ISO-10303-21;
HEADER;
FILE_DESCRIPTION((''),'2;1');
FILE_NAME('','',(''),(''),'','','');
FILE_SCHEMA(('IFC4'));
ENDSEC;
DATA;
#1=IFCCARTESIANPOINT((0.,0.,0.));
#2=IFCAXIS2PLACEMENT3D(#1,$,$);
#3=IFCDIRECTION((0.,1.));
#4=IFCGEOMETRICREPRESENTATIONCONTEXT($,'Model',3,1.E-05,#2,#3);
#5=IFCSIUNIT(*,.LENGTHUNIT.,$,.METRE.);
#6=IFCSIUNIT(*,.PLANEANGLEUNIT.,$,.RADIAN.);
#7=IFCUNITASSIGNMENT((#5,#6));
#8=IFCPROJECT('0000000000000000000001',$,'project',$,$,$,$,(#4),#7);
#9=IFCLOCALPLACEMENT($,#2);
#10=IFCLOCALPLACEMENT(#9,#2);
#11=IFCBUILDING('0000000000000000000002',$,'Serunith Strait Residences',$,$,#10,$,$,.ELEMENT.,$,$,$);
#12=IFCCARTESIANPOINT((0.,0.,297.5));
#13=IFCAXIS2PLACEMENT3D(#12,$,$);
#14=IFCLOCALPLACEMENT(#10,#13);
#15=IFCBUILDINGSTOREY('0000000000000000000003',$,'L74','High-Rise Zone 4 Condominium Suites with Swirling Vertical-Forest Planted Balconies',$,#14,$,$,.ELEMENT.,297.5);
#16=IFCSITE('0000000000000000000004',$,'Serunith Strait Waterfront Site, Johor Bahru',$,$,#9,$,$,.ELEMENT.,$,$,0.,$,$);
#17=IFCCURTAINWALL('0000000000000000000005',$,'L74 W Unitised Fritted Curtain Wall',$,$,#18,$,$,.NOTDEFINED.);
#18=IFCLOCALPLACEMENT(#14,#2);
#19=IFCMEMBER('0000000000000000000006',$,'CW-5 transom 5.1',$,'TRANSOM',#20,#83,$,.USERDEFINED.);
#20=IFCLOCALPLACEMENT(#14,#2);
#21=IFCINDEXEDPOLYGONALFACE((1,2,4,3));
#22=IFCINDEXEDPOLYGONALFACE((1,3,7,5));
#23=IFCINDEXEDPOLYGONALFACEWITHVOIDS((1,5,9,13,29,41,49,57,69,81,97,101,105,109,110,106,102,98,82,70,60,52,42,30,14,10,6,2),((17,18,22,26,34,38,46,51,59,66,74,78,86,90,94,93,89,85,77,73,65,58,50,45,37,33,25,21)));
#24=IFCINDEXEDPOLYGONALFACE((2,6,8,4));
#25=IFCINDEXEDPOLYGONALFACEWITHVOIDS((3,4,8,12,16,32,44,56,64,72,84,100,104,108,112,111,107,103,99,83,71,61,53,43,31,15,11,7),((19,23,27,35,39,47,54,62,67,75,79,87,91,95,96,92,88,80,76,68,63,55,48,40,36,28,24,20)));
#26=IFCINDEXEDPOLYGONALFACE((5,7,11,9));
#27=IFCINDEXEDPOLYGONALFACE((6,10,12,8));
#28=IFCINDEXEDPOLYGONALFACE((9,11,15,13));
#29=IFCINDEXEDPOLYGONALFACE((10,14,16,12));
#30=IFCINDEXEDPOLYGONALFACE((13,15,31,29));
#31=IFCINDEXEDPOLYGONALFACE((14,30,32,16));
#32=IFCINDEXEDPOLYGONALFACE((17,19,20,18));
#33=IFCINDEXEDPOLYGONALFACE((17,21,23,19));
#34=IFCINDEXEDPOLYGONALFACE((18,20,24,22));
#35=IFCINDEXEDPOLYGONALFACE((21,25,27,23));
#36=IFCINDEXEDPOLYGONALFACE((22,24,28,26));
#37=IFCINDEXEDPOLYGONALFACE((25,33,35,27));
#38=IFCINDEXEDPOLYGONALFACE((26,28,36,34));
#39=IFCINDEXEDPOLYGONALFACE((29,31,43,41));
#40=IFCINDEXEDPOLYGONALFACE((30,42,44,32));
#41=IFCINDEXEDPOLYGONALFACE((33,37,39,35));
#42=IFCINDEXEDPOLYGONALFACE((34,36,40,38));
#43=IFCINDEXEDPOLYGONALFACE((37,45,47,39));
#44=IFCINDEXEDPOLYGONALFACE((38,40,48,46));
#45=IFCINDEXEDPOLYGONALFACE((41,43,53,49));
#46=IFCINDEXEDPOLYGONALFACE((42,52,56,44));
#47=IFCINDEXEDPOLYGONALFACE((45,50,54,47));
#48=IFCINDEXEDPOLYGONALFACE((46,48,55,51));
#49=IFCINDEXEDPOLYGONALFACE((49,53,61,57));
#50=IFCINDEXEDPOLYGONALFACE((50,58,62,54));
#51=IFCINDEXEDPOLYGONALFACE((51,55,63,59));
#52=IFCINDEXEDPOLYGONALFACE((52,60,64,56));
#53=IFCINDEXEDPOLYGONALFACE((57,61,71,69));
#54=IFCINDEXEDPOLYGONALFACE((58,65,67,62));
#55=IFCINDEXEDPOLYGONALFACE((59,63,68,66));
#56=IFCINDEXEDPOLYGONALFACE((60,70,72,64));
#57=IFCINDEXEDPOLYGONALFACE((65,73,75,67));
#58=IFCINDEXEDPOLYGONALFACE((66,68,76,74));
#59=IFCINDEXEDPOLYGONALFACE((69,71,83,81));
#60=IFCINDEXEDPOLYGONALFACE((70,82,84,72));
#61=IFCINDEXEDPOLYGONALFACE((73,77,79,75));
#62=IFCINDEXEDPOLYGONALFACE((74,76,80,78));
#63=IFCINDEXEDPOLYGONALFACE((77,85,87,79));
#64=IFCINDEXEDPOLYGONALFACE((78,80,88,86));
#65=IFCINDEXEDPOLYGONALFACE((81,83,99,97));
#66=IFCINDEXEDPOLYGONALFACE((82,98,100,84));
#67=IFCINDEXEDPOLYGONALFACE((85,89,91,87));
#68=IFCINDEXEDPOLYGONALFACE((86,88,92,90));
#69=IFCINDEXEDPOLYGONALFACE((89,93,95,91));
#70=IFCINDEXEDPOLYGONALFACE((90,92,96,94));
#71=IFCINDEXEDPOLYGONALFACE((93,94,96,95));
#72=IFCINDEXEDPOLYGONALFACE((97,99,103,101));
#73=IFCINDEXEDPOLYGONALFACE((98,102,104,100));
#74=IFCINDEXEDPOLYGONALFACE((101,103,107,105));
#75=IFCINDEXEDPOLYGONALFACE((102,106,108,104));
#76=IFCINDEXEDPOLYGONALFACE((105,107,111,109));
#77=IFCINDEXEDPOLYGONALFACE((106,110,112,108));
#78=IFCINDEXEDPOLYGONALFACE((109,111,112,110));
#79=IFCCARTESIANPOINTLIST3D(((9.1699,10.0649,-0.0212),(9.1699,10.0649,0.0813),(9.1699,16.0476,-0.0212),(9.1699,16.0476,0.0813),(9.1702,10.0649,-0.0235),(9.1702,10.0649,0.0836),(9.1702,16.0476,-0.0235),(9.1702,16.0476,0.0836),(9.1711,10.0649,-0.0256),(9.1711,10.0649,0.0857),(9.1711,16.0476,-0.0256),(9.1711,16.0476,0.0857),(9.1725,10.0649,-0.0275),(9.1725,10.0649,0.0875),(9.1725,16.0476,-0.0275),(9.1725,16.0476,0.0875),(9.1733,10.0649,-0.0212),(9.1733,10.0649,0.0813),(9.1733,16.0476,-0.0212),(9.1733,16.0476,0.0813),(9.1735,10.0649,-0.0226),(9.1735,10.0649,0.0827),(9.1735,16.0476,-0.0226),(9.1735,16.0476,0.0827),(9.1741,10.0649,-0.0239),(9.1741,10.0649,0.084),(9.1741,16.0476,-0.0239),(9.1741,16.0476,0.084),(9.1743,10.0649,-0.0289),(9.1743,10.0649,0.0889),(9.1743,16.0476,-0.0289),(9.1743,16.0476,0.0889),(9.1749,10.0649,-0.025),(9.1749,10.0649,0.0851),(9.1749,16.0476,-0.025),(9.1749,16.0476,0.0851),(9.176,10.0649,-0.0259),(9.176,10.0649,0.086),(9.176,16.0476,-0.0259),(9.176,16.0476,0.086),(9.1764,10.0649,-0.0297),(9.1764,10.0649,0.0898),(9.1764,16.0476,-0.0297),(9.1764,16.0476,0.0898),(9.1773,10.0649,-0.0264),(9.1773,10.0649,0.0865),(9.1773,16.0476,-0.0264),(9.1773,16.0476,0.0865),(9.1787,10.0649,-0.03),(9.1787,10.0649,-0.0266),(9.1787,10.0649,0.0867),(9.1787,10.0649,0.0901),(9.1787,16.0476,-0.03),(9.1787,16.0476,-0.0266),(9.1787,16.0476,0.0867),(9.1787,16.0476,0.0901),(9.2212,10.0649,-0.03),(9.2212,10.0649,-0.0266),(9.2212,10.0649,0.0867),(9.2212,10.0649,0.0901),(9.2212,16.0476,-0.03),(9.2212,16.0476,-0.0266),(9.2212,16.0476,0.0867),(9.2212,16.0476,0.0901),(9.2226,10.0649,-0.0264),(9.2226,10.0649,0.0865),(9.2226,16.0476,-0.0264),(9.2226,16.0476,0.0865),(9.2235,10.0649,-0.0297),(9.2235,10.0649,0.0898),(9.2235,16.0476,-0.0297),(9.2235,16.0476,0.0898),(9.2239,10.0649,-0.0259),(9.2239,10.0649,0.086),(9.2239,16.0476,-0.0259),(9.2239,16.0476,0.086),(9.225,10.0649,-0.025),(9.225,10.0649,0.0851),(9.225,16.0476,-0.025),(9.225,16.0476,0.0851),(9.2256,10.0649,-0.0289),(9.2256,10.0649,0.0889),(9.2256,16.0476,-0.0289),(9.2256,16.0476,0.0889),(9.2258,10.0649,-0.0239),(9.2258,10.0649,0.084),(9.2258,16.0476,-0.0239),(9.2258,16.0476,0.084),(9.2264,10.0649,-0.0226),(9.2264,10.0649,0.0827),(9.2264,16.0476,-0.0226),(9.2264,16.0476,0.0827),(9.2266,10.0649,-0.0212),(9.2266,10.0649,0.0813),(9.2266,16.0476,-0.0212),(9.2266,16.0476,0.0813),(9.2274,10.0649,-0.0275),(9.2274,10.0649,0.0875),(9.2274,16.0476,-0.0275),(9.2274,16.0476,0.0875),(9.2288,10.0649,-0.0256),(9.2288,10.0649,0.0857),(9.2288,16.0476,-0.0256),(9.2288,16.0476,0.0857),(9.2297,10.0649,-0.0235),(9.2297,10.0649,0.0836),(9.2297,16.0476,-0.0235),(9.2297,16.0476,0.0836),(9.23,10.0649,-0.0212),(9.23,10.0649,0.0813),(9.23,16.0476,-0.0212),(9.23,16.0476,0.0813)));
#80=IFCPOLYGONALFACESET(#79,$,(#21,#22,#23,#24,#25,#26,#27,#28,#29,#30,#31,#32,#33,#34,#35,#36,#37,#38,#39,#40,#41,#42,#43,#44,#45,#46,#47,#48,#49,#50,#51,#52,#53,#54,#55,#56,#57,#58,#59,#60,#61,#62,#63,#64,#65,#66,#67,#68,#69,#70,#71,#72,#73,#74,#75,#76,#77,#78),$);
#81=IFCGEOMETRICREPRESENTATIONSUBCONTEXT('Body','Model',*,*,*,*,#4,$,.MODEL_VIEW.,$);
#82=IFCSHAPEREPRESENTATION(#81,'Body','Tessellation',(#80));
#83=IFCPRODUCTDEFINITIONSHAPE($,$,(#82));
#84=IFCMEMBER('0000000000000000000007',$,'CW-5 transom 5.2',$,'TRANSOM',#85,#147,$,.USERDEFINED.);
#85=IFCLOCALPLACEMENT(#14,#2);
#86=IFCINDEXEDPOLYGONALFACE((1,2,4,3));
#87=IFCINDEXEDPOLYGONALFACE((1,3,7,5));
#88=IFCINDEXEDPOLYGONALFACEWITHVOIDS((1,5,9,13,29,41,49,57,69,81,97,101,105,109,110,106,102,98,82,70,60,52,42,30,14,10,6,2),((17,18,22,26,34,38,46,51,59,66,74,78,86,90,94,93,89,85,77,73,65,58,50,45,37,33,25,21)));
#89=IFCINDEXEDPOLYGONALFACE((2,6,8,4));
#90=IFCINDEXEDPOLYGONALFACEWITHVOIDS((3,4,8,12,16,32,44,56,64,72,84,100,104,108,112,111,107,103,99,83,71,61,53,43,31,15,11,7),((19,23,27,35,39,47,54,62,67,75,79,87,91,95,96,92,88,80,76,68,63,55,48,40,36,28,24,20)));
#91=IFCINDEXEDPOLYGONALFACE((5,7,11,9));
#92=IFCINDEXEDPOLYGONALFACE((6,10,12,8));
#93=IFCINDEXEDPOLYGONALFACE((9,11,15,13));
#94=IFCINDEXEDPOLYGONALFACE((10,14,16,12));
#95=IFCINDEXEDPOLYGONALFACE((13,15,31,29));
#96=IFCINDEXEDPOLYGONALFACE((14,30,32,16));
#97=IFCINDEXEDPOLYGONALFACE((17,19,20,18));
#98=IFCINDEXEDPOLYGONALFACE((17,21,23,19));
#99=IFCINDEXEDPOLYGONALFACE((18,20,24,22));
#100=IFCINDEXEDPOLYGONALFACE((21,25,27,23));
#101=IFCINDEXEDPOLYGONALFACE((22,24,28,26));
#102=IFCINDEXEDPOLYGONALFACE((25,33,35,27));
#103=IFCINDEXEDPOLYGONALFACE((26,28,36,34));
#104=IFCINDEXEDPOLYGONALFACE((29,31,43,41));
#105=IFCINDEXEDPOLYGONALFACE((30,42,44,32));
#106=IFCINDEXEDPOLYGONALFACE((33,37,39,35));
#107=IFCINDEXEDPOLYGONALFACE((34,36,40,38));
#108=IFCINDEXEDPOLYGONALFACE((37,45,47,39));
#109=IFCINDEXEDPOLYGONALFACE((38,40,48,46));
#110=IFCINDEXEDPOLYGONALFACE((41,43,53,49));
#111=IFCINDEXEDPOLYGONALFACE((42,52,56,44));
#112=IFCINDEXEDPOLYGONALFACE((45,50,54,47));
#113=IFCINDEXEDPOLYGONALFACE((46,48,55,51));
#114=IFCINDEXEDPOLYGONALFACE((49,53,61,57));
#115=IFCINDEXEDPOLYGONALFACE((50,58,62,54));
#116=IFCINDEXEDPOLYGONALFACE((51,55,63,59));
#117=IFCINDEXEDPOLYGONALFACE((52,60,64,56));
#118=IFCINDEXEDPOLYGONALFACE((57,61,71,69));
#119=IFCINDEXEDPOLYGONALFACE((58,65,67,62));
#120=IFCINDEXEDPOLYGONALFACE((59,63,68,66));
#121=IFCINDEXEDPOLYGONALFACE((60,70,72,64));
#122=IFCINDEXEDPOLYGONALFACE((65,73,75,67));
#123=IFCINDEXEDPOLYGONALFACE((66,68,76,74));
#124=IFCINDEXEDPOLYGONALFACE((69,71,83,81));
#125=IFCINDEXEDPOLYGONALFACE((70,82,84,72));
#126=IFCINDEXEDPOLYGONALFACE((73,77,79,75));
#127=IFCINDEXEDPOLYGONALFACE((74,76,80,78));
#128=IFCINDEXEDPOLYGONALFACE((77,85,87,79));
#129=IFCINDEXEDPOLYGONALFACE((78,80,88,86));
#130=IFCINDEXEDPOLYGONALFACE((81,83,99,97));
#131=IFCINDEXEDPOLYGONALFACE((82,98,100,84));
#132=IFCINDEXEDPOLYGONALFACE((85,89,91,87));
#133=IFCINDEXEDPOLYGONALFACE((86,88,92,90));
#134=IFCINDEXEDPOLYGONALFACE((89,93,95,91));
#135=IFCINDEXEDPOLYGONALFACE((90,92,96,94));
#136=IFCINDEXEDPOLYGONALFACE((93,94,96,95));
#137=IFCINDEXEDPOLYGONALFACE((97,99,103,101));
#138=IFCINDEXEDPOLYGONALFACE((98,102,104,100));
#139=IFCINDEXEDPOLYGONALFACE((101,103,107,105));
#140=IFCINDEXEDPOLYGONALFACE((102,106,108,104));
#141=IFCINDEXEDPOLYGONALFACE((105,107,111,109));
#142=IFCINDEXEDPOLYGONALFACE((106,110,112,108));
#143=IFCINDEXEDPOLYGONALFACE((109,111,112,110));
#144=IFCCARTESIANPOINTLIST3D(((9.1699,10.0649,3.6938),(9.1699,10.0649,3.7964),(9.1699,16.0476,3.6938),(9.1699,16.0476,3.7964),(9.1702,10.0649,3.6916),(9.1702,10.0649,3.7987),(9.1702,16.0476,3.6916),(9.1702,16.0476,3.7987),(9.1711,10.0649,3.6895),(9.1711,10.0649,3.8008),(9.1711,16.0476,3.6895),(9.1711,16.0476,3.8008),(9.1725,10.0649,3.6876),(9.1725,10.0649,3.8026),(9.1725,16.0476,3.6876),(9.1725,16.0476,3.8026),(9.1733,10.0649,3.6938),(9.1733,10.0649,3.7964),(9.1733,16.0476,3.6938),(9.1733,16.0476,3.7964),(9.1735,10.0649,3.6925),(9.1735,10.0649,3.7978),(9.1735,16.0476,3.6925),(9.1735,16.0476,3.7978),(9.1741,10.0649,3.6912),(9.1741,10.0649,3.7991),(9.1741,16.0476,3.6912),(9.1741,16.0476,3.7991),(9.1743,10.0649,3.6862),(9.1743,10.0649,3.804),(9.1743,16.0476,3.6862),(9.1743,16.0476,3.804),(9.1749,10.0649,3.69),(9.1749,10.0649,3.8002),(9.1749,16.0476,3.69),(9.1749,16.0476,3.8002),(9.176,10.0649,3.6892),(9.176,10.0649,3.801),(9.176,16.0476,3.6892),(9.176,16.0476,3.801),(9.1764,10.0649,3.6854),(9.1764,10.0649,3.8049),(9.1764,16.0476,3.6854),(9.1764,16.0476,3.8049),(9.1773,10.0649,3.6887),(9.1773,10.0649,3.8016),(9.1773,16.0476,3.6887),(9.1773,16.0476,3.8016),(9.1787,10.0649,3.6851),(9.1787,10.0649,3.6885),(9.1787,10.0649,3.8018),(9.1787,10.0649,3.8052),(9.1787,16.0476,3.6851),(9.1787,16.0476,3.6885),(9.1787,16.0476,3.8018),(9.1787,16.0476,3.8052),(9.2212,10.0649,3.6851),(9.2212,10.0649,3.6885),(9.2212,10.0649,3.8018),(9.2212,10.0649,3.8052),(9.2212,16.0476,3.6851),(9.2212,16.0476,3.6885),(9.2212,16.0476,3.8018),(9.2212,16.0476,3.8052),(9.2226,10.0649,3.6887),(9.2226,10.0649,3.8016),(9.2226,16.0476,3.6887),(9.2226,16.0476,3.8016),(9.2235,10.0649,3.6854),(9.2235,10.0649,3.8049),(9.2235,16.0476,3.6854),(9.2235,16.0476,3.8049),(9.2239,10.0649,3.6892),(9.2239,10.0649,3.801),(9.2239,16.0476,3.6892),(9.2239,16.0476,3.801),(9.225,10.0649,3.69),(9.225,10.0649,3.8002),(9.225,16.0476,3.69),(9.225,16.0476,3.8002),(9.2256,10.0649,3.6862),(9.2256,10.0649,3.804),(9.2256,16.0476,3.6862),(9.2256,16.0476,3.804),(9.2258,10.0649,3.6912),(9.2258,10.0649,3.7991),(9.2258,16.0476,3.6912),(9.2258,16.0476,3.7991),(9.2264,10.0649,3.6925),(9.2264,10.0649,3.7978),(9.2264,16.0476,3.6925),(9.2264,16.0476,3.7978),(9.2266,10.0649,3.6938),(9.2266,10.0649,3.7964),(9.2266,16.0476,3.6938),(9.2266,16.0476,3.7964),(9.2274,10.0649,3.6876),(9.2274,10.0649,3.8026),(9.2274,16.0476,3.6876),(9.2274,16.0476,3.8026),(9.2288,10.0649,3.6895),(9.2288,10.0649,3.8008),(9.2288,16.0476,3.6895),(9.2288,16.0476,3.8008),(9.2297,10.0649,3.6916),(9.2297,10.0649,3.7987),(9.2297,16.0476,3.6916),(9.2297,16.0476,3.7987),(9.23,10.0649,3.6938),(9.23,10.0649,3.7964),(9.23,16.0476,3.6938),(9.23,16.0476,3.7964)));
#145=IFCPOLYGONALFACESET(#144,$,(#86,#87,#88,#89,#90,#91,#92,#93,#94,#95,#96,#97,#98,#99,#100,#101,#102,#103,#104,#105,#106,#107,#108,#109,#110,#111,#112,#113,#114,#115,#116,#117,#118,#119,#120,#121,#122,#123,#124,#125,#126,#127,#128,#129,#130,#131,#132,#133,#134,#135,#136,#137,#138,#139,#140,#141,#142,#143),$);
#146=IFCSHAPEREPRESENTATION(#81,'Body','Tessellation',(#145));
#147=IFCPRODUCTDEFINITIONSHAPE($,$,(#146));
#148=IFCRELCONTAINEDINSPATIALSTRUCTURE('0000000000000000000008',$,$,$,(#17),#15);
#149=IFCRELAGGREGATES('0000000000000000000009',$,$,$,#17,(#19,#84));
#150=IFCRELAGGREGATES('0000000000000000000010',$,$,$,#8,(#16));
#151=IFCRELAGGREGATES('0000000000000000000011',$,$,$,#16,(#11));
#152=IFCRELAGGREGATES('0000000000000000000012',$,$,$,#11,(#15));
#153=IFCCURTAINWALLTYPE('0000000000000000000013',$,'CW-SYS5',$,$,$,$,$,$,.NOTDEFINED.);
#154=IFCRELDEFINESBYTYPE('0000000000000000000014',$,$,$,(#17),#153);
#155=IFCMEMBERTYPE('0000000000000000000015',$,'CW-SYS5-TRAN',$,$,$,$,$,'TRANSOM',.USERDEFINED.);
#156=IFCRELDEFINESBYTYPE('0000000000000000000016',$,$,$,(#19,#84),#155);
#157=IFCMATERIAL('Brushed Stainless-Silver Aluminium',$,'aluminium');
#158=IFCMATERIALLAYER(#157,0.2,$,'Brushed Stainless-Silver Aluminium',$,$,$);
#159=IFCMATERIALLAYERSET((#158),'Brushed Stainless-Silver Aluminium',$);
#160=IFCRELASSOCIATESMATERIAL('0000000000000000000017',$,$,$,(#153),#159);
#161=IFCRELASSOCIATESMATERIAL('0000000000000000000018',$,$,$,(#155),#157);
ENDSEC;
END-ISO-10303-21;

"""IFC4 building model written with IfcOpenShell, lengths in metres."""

from ifc_helpers import new_model, si_unit, direction, frame, origin, origin_2d, place, context, subcontext, project, spatial, hollow_rectangle, extrude, source, transform, mapped, material, layer, layer_set, material_profile, profile_set, type_object, element, aggregate, save


model = new_model("IFC4")

# Units and contexts
model_context = context("Model", 3, precision=1e-05, world=origin(), true_north=direction((0.0, 1.0)))
body_context = subcontext(model_context, "Body", "Model", "MODEL_VIEW")
ifc_project = project(units=[si_unit("LENGTHUNIT", "METRE"), si_unit("PLANEANGLEUNIT", "RADIAN")], contexts=[model_context])

# Site, building, storey
site_placement = place(None, origin())
site = spatial("IfcSite", under=ifc_project, at=site_placement, Name="Serunith Strait Waterfront Site, Johor Bahru", CompositionType="ELEMENT", RefElevation=0.0)
building_placement = place(site_placement, origin())
building = spatial("IfcBuilding", under=site, at=building_placement, Name="Serunith Strait Residences", CompositionType="ELEMENT")
storey_placement = place(building_placement, frame((0.0, 0.0, 297.5)))
storey = spatial("IfcBuildingStorey", under=building, at=storey_placement, Name="L74", Description="High-Rise Zone 4 Condominium Suites with Swirling Vertical-Forest Planted Balconies", CompositionType="ELEMENT", Elevation=297.5)

# Curtain wall, members
ifc_material_1 = material(Name="Brushed Stainless-Silver Aluminium", Category="aluminium")
ifc_layer_1 = layer(ifc_material_1, 0.2, Name="Brushed Stainless-Silver Aluminium")
ifc_layer_set_1 = layer_set([ifc_layer_1], Name="Brushed Stainless-Silver Aluminium")
curtain_wall_type = type_object("IfcCurtainWallType", Name="CW-SYS5", PredefinedType="NOTDEFINED", material=ifc_layer_set_1)
curtain_wall_placement = place(storey_placement, origin())
curtain_wall = element("IfcCurtainWall", 1, at=curtain_wall_placement, inside=storey, type_object=curtain_wall_type, Name="L74 W Unitised Fritted Curtain Wall", PredefinedType="NOTDEFINED")
ifc_material_profile_1 = material_profile(ifc_material_1, hollow_rectangle(XDim=0.0601, YDim=0.1201, WallThickness=0.0034, InnerFilletRadius=0.0054, OuterFilletRadius=0.0088, at=origin_2d()), Name="ALU 120x60x3.5")
ifc_profile_set_1 = profile_set([ifc_material_profile_1], Name="Brushed Stainless-Silver Aluminium")
member_type_1 = type_object("IfcMemberType", Name="CW-SYS5-TRAN", ElementType="TRANSOM", PredefinedType="USERDEFINED", material=ifc_profile_set_1)
shared_shape_1 = source(origin(), body_context, "Body", "SweptSolid", [
    extrude(hollow_rectangle(XDim=0.0601, YDim=0.1201, WallThickness=0.0034, InnerFilletRadius=0.0054, OuterFilletRadius=0.0088, at=origin_2d()), origin(), (0.0, 0.0, 1.0), 5.9827),
])
member_1_placement = place(storey_placement, frame((9.2, 16.0476, 0.03), z_axis=(0.0, -1.0, 0.0), x_axis=(1.0, 0.0, 0.0)))
member_1 = element("IfcMember", 2, at=member_1_placement, type_object=member_type_1, Name="CW-5 transom 5.1", ObjectType="TRANSOM", PredefinedType="USERDEFINED", context=body_context, shape_type="MappedRepresentation", body=[
    mapped(shared_shape_1, transform((0.0, 0.0, 0.0), scale=1.0)),
])
member_2_placement = place(storey_placement, frame((9.2, 16.0476, 3.7451), z_axis=(0.0, -1.0, 0.0), x_axis=(1.0, 0.0, 0.0)))
member_2 = element("IfcMember", 3, at=member_2_placement, type_object=member_type_1, Name="CW-5 transom 5.2", ObjectType="TRANSOM", PredefinedType="USERDEFINED", context=body_context, shape_type="MappedRepresentation", body=[
    mapped(shared_shape_1, transform((0.0, 0.0, 0.0), scale=1.0)),
])
aggregate(curtain_wall, [member_1, member_2])

save(model, "model.ifc")
